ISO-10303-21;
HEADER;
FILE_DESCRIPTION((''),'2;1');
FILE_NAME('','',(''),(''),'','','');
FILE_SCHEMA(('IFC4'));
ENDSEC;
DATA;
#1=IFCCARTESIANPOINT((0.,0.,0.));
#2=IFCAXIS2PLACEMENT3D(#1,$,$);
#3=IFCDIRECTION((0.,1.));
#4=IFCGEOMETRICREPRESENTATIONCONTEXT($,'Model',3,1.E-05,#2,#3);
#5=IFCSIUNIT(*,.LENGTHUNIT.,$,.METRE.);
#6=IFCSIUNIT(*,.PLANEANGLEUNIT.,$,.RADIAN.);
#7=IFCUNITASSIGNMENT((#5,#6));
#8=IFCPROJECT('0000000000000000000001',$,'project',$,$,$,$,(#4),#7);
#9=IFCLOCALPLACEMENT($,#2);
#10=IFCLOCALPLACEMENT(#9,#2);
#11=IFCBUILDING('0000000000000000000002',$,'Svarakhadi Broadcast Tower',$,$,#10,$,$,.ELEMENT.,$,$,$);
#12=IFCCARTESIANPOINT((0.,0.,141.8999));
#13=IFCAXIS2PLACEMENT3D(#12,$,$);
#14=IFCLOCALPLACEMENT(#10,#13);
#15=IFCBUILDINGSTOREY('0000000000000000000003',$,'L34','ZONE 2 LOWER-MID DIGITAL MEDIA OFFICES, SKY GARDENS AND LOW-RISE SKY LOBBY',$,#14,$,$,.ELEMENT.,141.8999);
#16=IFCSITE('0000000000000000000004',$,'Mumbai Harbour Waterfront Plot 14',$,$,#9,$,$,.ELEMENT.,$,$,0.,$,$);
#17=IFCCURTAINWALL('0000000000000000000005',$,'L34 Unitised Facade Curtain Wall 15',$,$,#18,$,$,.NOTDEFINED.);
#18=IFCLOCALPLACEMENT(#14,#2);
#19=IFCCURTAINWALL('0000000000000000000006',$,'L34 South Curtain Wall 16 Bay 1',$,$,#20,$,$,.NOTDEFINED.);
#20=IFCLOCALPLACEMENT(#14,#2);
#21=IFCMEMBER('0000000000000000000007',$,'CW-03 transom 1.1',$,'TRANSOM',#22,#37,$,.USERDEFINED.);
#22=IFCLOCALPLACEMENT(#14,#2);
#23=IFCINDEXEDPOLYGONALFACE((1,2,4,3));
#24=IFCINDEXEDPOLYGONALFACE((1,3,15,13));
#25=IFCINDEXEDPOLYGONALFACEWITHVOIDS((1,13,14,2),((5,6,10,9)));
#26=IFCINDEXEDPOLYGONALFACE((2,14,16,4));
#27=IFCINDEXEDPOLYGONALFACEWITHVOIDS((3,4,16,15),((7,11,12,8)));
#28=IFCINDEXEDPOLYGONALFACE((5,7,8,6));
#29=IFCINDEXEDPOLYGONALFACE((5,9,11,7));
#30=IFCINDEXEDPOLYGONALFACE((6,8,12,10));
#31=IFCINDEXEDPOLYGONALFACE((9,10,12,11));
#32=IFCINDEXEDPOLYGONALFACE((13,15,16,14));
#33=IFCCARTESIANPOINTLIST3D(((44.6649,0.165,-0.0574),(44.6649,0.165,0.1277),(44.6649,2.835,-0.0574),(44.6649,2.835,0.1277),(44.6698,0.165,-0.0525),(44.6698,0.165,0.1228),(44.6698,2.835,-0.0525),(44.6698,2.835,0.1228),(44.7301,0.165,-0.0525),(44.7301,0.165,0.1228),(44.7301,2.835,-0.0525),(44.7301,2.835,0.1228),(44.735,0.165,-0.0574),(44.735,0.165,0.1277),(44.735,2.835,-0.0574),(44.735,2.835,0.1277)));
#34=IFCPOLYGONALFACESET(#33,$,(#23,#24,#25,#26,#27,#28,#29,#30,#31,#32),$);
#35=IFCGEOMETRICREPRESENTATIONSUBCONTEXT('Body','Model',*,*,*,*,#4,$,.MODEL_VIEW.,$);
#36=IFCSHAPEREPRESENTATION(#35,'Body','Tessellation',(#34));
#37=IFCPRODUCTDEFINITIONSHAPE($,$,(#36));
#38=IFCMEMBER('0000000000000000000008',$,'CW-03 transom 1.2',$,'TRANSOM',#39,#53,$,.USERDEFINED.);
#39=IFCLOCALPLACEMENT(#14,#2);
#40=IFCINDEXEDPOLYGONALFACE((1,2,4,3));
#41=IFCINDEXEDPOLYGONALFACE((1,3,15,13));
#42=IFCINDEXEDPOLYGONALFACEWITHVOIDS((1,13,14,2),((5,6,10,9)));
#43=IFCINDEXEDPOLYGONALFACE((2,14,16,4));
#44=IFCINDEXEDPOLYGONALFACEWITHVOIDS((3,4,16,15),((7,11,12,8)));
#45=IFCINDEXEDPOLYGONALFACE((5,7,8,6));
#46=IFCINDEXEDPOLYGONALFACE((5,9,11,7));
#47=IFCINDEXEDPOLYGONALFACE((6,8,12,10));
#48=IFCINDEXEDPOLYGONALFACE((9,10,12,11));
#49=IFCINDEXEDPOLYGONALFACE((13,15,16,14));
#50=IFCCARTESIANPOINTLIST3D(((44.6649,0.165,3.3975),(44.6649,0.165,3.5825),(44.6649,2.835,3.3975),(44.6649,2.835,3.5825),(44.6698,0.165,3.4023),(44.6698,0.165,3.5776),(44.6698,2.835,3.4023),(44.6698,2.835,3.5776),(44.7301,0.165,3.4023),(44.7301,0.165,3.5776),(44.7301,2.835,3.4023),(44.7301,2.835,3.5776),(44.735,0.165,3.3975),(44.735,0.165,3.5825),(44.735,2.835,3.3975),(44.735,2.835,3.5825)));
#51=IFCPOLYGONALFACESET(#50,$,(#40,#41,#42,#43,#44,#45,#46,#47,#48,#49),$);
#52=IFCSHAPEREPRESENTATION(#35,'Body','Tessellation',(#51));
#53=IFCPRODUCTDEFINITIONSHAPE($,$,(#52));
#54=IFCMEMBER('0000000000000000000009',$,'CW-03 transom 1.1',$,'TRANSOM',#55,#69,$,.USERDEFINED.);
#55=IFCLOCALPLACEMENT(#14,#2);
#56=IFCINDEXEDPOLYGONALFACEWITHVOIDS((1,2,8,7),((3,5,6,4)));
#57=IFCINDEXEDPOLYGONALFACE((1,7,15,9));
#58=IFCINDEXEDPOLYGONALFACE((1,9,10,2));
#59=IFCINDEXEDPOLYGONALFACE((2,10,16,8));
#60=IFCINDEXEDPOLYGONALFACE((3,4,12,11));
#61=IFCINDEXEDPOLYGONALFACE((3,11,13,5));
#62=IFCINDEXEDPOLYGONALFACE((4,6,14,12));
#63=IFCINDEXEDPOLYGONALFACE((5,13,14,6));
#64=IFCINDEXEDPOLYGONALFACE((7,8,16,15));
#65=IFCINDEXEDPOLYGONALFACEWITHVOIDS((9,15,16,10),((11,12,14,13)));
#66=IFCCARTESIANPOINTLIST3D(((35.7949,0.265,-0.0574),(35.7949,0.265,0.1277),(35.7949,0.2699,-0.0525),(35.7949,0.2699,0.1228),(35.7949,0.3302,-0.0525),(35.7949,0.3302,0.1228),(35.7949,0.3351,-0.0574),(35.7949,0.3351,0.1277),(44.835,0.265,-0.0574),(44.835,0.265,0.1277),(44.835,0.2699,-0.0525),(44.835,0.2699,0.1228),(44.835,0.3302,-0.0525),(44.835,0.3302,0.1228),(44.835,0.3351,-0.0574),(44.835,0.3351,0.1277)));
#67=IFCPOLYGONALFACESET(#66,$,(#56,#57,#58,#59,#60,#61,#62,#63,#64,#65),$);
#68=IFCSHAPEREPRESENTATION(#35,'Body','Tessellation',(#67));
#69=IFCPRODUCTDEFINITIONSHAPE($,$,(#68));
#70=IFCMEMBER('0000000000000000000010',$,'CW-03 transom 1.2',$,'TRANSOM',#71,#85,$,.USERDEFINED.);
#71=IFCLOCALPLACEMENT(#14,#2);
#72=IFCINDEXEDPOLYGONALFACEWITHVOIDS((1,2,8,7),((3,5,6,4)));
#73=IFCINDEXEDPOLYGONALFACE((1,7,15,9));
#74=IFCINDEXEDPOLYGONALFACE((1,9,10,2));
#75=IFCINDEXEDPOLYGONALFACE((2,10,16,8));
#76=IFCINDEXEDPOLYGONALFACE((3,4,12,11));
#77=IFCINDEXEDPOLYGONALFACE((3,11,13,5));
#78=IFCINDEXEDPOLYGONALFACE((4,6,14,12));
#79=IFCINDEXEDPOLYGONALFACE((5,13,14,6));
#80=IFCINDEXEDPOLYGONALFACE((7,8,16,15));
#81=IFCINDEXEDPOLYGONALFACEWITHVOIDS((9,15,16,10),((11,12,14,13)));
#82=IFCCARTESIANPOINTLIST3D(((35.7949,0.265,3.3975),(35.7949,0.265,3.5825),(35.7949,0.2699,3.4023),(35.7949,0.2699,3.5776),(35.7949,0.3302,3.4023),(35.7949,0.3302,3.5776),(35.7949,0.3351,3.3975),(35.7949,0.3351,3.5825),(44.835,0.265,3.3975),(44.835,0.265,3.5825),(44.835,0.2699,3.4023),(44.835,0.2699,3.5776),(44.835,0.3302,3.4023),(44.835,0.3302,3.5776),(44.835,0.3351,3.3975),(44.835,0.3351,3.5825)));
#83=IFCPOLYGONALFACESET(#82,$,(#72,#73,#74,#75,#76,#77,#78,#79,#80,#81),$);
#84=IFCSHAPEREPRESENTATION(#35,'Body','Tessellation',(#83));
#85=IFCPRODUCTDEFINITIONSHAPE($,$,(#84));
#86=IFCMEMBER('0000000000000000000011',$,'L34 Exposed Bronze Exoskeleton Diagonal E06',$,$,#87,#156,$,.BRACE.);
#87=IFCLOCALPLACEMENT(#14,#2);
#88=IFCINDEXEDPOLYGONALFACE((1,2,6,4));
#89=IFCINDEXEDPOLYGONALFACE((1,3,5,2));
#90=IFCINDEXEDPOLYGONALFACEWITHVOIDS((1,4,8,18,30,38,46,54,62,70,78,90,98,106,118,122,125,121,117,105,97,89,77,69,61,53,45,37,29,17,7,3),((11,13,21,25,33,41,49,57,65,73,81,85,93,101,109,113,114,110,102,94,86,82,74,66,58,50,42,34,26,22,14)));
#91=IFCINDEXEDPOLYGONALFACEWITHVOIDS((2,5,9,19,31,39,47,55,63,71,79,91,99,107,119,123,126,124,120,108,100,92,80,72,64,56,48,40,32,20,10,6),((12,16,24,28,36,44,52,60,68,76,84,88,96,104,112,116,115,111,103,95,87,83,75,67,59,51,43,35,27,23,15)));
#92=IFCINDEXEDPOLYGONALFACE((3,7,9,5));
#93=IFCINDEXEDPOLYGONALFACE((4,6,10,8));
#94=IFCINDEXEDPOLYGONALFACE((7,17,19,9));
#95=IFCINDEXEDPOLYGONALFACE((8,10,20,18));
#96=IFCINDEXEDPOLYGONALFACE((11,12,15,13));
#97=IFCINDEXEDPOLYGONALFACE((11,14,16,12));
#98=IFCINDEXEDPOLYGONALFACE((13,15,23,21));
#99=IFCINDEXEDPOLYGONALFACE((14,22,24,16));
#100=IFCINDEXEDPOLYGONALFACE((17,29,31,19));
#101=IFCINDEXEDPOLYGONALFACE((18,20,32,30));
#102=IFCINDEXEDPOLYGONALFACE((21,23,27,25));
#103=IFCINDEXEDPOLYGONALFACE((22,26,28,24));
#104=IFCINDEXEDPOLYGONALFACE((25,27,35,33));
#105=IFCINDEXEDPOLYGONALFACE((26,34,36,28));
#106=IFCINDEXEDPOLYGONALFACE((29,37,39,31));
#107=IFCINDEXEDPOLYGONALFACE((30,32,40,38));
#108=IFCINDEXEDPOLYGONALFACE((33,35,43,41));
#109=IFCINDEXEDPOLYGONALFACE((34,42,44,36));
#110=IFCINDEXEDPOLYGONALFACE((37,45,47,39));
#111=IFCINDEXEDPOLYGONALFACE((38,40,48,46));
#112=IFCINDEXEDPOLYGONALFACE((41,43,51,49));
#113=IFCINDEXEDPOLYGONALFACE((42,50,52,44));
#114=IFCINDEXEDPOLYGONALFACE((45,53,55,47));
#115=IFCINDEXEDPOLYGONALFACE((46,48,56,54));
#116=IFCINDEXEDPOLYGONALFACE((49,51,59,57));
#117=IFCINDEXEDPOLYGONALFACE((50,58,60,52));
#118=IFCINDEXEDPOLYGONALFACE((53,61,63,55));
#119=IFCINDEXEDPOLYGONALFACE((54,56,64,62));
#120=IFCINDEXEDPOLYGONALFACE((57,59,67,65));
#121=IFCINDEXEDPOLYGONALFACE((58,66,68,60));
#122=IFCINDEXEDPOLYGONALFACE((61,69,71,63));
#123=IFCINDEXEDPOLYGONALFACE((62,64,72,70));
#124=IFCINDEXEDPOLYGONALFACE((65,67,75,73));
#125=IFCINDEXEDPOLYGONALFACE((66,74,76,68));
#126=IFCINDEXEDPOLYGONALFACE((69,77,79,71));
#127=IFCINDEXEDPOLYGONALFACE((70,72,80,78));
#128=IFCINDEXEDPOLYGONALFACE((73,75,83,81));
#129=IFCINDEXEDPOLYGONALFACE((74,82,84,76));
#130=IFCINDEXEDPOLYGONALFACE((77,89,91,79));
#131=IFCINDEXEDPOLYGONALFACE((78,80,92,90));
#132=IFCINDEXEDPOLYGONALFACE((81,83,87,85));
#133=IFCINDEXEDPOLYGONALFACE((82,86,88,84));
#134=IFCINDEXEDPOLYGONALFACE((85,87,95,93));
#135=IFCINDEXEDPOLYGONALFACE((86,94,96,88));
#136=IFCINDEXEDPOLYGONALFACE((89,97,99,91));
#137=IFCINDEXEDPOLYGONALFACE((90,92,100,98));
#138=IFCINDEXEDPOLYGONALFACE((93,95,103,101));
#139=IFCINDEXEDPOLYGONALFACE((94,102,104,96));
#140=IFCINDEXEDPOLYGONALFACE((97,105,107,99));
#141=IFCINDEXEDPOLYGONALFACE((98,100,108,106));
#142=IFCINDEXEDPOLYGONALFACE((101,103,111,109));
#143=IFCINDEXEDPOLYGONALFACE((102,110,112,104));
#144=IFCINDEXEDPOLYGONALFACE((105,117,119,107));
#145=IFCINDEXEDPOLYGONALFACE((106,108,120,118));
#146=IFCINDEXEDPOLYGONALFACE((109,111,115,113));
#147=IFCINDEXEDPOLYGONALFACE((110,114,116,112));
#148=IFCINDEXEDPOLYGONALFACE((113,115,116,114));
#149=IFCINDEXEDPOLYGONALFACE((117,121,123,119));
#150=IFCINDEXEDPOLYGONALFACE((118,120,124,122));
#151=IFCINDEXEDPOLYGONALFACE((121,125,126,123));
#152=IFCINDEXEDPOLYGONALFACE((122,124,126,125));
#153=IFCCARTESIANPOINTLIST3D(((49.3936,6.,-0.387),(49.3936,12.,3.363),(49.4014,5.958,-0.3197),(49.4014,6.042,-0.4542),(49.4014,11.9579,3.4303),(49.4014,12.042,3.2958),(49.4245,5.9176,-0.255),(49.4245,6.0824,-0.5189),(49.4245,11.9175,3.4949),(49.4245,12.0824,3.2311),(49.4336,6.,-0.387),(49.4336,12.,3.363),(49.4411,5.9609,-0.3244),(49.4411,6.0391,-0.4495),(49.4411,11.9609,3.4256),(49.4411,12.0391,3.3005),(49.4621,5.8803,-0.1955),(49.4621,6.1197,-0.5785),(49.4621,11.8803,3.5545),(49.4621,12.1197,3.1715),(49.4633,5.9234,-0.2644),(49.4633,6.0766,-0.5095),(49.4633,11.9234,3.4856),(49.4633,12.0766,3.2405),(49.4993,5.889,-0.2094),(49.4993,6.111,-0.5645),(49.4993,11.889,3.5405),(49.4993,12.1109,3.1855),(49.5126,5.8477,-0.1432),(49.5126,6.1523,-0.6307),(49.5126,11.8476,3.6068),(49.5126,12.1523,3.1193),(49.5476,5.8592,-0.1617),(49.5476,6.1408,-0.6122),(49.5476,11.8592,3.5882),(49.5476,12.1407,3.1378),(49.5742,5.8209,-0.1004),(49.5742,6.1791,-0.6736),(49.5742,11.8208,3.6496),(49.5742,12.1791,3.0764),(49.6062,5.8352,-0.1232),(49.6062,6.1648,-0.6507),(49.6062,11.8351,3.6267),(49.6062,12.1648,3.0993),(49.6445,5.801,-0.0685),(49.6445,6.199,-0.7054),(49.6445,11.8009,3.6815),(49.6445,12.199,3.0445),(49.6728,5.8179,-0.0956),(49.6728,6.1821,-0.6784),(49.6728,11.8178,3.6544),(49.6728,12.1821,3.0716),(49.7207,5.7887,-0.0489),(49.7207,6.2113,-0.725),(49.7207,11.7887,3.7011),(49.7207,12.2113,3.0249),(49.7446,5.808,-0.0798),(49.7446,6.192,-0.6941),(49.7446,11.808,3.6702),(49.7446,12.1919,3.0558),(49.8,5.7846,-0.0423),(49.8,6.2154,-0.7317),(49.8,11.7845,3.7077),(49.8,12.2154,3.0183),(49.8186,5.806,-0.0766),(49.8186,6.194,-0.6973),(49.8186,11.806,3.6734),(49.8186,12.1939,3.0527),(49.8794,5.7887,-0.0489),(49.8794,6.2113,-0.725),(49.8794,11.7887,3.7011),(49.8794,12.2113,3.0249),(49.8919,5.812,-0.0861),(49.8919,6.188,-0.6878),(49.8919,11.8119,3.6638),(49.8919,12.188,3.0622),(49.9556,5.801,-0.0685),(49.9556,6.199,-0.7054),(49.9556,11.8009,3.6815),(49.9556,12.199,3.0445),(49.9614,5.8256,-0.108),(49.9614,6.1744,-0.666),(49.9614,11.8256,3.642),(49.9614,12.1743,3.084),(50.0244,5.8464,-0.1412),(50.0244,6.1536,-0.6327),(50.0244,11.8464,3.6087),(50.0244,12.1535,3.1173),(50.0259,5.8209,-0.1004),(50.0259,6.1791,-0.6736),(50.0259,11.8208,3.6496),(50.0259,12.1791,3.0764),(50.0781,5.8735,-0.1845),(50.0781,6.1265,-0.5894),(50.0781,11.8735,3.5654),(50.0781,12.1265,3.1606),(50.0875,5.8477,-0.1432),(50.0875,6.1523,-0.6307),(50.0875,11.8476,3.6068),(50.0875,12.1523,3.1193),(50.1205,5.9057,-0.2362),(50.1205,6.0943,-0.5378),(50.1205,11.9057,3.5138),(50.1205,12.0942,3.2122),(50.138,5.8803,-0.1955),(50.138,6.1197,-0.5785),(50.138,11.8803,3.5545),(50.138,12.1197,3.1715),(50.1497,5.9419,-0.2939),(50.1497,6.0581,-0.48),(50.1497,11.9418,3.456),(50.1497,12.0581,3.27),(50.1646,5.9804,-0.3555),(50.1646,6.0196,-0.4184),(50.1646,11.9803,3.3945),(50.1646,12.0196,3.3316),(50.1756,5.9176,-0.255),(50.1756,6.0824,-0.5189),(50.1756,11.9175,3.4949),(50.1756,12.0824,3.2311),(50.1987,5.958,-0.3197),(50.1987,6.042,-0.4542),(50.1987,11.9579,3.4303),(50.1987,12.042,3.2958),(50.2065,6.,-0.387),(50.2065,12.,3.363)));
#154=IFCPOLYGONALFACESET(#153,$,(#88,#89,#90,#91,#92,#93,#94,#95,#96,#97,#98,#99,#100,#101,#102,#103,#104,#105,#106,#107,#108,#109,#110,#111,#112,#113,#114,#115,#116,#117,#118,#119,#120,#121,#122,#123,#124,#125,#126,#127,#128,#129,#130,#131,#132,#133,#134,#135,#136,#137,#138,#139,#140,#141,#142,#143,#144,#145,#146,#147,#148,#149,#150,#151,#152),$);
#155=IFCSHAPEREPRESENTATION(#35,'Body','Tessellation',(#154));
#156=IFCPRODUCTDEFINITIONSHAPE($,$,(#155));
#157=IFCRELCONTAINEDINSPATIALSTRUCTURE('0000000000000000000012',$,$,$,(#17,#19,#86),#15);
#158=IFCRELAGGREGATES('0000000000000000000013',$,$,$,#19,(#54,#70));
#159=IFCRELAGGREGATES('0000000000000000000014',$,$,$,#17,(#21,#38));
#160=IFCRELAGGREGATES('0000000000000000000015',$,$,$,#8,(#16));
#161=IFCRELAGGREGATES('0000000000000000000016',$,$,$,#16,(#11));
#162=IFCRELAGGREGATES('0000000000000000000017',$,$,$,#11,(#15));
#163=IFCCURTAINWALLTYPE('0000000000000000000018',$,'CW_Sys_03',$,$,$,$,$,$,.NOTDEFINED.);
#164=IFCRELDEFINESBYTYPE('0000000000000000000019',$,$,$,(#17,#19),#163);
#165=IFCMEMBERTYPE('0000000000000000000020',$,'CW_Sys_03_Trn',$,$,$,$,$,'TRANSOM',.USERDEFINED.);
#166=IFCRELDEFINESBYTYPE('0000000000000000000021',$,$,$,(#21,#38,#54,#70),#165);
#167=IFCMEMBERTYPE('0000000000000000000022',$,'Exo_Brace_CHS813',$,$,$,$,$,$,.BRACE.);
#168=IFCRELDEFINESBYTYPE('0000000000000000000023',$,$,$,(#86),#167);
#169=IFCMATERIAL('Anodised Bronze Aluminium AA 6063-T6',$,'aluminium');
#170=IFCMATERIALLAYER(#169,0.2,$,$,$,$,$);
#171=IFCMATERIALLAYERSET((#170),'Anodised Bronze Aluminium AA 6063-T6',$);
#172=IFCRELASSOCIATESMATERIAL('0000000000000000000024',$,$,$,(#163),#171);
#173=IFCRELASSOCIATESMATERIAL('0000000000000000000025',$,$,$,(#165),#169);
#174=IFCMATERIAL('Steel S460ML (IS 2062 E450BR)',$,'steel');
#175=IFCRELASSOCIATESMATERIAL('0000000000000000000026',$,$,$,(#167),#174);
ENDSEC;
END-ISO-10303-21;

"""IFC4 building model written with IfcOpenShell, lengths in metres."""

from ifc_helpers import new_model, si_unit, direction, frame, origin, origin_2d, place, context, subcontext, project, spatial, hollow_rectangle, hollow_circle, extrude, material, layer, layer_set, material_profile, profile_set, type_object, element, aggregate, save


model = new_model("IFC4")

# Units and contexts
model_context = context("Model", 3, precision=1e-05, world=origin(), true_north=direction((0.0, 1.0)))
body_context = subcontext(model_context, "Body", "Model", "MODEL_VIEW")
ifc_project = project(units=[si_unit("LENGTHUNIT", "METRE"), si_unit("PLANEANGLEUNIT", "RADIAN")], contexts=[model_context])

# Site, building, storey
site_placement = place(None, origin())
site = spatial("IfcSite", under=ifc_project, at=site_placement, Name="Mumbai Harbour Waterfront Plot 14", CompositionType="ELEMENT", RefElevation=0.0)
building_placement = place(site_placement, origin())
building = spatial("IfcBuilding", under=site, at=building_placement, Name="Svarakhadi Broadcast Tower", CompositionType="ELEMENT")
storey_placement = place(building_placement, frame((0.0, 0.0, 141.8999)))
storey = spatial("IfcBuildingStorey", under=building, at=storey_placement, Name="L34", Description="ZONE 2 LOWER-MID DIGITAL MEDIA OFFICES, SKY GARDENS AND LOW-RISE SKY LOBBY", CompositionType="ELEMENT", Elevation=141.8999)

# Shared definitions
ifc_material_1 = material(Name="Steel S460ML (IS 2062 E450BR)", Category="steel")

# Curtain wall
ifc_material_2 = material(Name="Anodised Bronze Aluminium AA 6063-T6", Category="aluminium")
ifc_layer_1 = layer(ifc_material_2, 0.2)
ifc_layer_set_1 = layer_set([ifc_layer_1], Name="Anodised Bronze Aluminium AA 6063-T6")
curtain_wall_type = type_object("IfcCurtainWallType", Name="CW_Sys_03", PredefinedType="NOTDEFINED", material=ifc_layer_set_1)
curtain_wall_1_placement = place(storey_placement, origin())
curtain_wall_1 = element("IfcCurtainWall", 1, at=curtain_wall_1_placement, inside=storey, type_object=curtain_wall_type, Name="L34 Unitised Facade Curtain Wall 15", PredefinedType="NOTDEFINED")

# Curtain wall
curtain_wall_2_placement = place(storey_placement, origin())
curtain_wall_2 = element("IfcCurtainWall", 2, at=curtain_wall_2_placement, inside=storey, type_object=curtain_wall_type, Name="L34 South Curtain Wall 16 Bay 1", PredefinedType="NOTDEFINED")

# Members
ifc_material_profile_1 = material_profile(ifc_material_2, hollow_rectangle(XDim=0.0701, YDim=0.1851, WallThickness=0.0049, at=origin_2d()), Name="ALU TRANSOM 185x70x5")
ifc_profile_set_1 = profile_set([ifc_material_profile_1], Name="Anodised Bronze Aluminium AA 6063-T6")
member_type_1 = type_object("IfcMemberType", Name="CW_Sys_03_Trn", ElementType="TRANSOM", PredefinedType="USERDEFINED", material=ifc_profile_set_1)
member_1_placement = place(storey_placement, frame((44.7, 2.835, 0.0352), z_axis=(0.0, -1.0, 0.0), x_axis=(1.0, 0.0, 0.0)))
member_1 = element("IfcMember", 3, at=member_1_placement, type_object=member_type_1, Name="CW-03 transom 1.1", ObjectType="TRANSOM", PredefinedType="USERDEFINED", context=body_context, shape_type="SweptSolid", body=[
    extrude(hollow_rectangle(XDim=0.0701, YDim=0.1851, WallThickness=0.0049, at=origin_2d()), origin(), (0.0, 0.0, 1.0), 2.6699),
])
member_2_placement = place(storey_placement, frame((44.7, 2.835, 3.49), z_axis=(0.0, -1.0, 0.0), x_axis=(1.0, 0.0, 0.0)))
member_2 = element("IfcMember", 4, at=member_2_placement, type_object=member_type_1, Name="CW-03 transom 1.2", ObjectType="TRANSOM", PredefinedType="USERDEFINED", context=body_context, shape_type="SweptSolid", body=[
    extrude(hollow_rectangle(XDim=0.0701, YDim=0.1851, WallThickness=0.0049, at=origin_2d()), origin(), (0.0, 0.0, 1.0), 2.6699),
])
member_3_placement = place(storey_placement, frame((44.835, 0.3, 0.0352), z_axis=(-1.0, 0.0, 0.0), x_axis=(0.0, -1.0, 0.0)))
member_3 = element("IfcMember", 5, at=member_3_placement, type_object=member_type_1, Name="CW-03 transom 1.1", ObjectType="TRANSOM", PredefinedType="USERDEFINED", context=body_context, shape_type="SweptSolid", body=[
    extrude(hollow_rectangle(XDim=0.0701, YDim=0.1851, WallThickness=0.0049, at=origin_2d()), origin(), (0.0, 0.0, 1.0), 9.04),
])
member_4_placement = place(storey_placement, frame((44.835, 0.3, 3.49), z_axis=(-1.0, 0.0, 0.0), x_axis=(0.0, -1.0, 0.0)))
member_4 = element("IfcMember", 6, at=member_4_placement, type_object=member_type_1, Name="CW-03 transom 1.2", ObjectType="TRANSOM", PredefinedType="USERDEFINED", context=body_context, shape_type="SweptSolid", body=[
    extrude(hollow_rectangle(XDim=0.0701, YDim=0.1851, WallThickness=0.0049, at=origin_2d()), origin(), (0.0, 0.0, 1.0), 9.04),
])
aggregate(curtain_wall_2, [member_3, member_4])

# Member
ifc_material_profile_2 = material_profile(ifc_material_1, hollow_circle(Radius=0.4065, WallThickness=0.04, at=origin_2d()), Name="CHS 813x40")
ifc_profile_set_2 = profile_set([ifc_material_profile_2], Name="Steel S460ML (IS 2062 E450BR)")
member_type_2 = type_object("IfcMemberType", Name="Exo_Brace_CHS813", PredefinedType="BRACE", material=ifc_profile_set_2)
member_5_placement = place(storey_placement, frame((49.8, 6.0, -0.387), z_axis=(0.0, 0.847998, 0.529999), x_axis=(-1.0, 0.0, 0.0)))
element("IfcMember", 7, at=member_5_placement, inside=storey, type_object=member_type_2, Name="L34 Exposed Bronze Exoskeleton Diagonal E06", PredefinedType="BRACE", context=body_context, shape_type="SweptSolid", body=[
    extrude(hollow_circle(Radius=0.4065, WallThickness=0.04, at=origin_2d()), origin(), (0.0, 0.0, 1.0), 7.0754),
])

aggregate(curtain_wall_1, [member_1, member_2])

save(model, "model.ifc")
